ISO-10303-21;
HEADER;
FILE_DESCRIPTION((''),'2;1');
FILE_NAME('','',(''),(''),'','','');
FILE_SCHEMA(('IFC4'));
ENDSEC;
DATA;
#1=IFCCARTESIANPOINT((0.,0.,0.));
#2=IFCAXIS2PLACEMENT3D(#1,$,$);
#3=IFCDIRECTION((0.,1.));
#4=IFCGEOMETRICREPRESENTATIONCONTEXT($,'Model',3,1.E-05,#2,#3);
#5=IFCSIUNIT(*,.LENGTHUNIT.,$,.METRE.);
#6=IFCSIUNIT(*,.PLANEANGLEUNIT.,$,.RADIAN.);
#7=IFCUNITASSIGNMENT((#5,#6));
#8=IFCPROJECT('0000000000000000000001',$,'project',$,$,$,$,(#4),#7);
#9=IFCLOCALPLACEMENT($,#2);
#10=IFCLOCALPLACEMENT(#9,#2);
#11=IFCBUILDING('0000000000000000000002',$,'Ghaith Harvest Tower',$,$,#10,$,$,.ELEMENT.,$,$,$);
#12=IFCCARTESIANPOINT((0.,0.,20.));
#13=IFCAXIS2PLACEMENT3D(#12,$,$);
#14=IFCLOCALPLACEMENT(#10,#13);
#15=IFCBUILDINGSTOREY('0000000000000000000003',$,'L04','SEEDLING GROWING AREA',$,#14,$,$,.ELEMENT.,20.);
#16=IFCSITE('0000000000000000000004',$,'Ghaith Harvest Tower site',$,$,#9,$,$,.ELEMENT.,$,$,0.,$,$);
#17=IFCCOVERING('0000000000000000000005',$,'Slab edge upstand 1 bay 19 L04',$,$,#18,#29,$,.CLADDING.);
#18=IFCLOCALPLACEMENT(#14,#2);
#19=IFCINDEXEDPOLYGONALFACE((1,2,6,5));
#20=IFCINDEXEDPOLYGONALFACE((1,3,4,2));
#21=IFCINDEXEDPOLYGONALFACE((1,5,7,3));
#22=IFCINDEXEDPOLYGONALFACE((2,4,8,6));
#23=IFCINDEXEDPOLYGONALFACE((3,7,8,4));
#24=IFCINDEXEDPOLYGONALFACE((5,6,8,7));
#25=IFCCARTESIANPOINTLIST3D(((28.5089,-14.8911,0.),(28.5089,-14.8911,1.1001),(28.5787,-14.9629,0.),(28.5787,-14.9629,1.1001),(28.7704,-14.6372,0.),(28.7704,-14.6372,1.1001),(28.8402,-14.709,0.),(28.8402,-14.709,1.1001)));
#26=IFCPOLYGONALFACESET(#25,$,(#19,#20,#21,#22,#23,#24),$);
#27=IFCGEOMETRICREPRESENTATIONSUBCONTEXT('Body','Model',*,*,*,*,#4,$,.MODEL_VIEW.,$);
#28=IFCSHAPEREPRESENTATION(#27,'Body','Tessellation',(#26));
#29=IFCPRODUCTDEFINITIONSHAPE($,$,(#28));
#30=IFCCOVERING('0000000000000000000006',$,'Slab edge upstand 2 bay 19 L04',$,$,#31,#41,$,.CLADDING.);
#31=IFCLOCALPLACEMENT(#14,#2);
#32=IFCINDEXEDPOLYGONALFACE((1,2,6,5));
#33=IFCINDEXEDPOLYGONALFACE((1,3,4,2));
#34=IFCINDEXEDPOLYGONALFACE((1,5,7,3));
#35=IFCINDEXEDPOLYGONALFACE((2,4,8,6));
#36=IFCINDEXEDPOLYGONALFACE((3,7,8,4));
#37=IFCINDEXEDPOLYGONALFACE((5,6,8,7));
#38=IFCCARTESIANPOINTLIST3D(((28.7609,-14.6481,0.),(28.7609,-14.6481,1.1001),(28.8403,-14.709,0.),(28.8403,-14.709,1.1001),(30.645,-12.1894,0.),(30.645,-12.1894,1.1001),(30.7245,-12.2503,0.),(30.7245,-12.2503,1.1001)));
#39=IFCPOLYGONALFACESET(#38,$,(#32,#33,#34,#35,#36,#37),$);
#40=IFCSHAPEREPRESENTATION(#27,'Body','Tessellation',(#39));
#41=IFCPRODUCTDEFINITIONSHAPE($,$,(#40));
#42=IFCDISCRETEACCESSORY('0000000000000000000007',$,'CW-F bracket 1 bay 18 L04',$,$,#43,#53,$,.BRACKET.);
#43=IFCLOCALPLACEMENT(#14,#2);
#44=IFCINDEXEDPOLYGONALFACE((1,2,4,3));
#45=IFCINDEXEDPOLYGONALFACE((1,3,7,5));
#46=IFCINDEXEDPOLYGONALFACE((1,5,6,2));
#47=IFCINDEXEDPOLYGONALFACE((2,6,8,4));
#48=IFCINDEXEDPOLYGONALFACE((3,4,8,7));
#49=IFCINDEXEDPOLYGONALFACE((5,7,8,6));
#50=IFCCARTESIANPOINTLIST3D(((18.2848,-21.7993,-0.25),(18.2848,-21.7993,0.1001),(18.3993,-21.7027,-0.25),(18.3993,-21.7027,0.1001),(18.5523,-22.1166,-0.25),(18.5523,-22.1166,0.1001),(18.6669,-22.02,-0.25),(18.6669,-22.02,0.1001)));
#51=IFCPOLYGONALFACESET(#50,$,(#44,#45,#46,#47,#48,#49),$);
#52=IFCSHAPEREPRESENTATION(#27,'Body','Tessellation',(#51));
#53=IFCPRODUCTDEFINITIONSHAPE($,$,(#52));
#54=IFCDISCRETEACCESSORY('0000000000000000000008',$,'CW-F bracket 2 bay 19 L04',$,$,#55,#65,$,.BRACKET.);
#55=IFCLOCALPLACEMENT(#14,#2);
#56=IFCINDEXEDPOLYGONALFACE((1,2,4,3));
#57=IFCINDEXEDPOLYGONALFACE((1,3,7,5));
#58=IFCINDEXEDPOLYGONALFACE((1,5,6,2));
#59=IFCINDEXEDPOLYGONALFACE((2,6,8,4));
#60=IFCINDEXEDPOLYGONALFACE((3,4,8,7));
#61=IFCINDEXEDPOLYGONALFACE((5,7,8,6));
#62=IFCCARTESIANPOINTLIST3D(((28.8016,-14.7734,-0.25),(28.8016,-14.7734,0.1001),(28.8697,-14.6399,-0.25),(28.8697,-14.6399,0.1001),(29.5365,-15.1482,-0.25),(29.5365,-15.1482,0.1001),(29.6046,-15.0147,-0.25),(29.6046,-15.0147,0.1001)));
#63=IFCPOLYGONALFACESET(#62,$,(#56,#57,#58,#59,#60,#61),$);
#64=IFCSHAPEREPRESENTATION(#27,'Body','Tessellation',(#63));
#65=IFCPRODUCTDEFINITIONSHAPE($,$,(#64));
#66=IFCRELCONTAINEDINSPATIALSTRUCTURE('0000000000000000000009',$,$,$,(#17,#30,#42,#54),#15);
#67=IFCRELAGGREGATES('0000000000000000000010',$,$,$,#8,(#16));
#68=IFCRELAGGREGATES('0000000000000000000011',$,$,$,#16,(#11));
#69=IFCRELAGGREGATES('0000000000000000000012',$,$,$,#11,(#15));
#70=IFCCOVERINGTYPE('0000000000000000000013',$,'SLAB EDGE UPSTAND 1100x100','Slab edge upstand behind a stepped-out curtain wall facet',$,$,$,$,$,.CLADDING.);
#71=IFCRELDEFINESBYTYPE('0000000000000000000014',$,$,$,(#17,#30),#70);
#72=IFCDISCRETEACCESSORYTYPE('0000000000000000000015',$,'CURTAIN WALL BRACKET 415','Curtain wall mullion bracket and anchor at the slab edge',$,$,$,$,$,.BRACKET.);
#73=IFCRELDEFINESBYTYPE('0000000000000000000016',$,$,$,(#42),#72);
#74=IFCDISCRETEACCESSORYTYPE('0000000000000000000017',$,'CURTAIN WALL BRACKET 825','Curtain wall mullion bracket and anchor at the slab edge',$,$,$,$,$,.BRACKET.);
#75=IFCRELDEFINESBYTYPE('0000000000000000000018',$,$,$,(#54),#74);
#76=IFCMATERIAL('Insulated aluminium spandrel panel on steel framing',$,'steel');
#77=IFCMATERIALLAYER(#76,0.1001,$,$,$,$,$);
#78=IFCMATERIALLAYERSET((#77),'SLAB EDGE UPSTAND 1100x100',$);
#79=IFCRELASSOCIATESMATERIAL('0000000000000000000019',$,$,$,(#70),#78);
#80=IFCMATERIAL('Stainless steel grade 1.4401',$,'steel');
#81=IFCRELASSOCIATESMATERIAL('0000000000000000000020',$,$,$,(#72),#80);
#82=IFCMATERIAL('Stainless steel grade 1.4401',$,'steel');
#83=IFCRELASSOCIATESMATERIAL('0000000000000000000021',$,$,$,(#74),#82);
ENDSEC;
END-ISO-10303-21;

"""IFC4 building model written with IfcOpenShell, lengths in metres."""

from ifc_helpers import new_model, si_unit, direction, frame, origin, origin_2d, place, context, subcontext, project, spatial, rectangle, extrude, material, layer, layer_set, type_object, element, save


model = new_model("IFC4")

# Units and contexts
model_context = context("Model", 3, precision=1e-05, world=origin(), true_north=direction((0.0, 1.0)))
body_context = subcontext(model_context, "Body", "Model", "MODEL_VIEW")
ifc_project = project(units=[si_unit("LENGTHUNIT", "METRE"), si_unit("PLANEANGLEUNIT", "RADIAN")], contexts=[model_context])

# Site, building, storey
site_placement = place(None, origin())
site = spatial("IfcSite", under=ifc_project, at=site_placement, Name="Ghaith Harvest Tower site", CompositionType="ELEMENT", RefElevation=0.0)
building_placement = place(site_placement, origin())
building = spatial("IfcBuilding", under=site, at=building_placement, Name="Ghaith Harvest Tower", CompositionType="ELEMENT")
storey_placement = place(building_placement, frame((0.0, 0.0, 20.0)))
storey = spatial("IfcBuildingStorey", under=building, at=storey_placement, Name="L04", Description="SEEDLING GROWING AREA", CompositionType="ELEMENT", Elevation=20.0)

# Coverings
ifc_material_1 = material(Name="Insulated aluminium spandrel panel on steel framing", Category="steel")
ifc_layer_1 = layer(ifc_material_1, 0.1001)
ifc_layer_set_1 = layer_set([ifc_layer_1], Name="SLAB EDGE UPSTAND 1100x100")
covering_type = type_object("IfcCoveringType", Name="SLAB EDGE UPSTAND 1100x100", Description="Slab edge upstand behind a stepped-out curtain wall facet", PredefinedType="CLADDING", material=ifc_layer_set_1)
covering_1_placement = place(storey_placement, frame((28.6746, -14.8, 0.0), z_axis=(0.0, 0.0, 1.0), x_axis=(0.717386, 0.696675, 0.0)))
element("IfcCovering", 1, at=covering_1_placement, inside=storey, type_object=covering_type, Name="Slab edge upstand 1 bay 19 L04", PredefinedType="CLADDING", context=body_context, shape_type="SweptSolid", body=[
    extrude(rectangle(XDim=0.3645, YDim=0.1001, at=origin_2d()), origin(), (0.0, 0.0, 1.0), 1.1001),
])
covering_2_placement = place(storey_placement, frame((29.7427, -13.4492, 0.0), z_axis=(0.0, 0.0, 1.0), x_axis=(0.608255, 0.793742, 0.0)))
element("IfcCovering", 2, at=covering_2_placement, inside=storey, type_object=covering_type, Name="Slab edge upstand 2 bay 19 L04", PredefinedType="CLADDING", context=body_context, shape_type="SweptSolid", body=[
    extrude(rectangle(XDim=3.0977, YDim=0.1001, at=origin_2d()), origin(), (0.0, 0.0, 1.0), 1.1001),
])

# Discrete accessories
ifc_material_2 = material(Name="Stainless steel grade 1.4401", Category="steel")
discrete_accessory_type_1 = type_object("IfcDiscreteAccessoryType", Name="CURTAIN WALL BRACKET 415", Description="Curtain wall mullion bracket and anchor at the slab edge", PredefinedType="BRACKET", material=ifc_material_2)
discrete_accessory_1_placement = place(storey_placement, frame((18.4758, -21.9097, -0.25), z_axis=(0.0, 0.0, 1.0), x_axis=(0.644657, -0.764472, 0.0)))
element("IfcDiscreteAccessory", 3, at=discrete_accessory_1_placement, inside=storey, type_object=discrete_accessory_type_1, Name="CW-F bracket 1 bay 18 L04", PredefinedType="BRACKET", context=body_context, shape_type="SweptSolid", body=[
    extrude(rectangle(XDim=0.415, YDim=0.1499, at=origin_2d()), origin(), (0.0, 0.0, 1.0), 0.3501),
])
ifc_material_3 = material(Name="Stainless steel grade 1.4401", Category="steel")
discrete_accessory_type_2 = type_object("IfcDiscreteAccessoryType", Name="CURTAIN WALL BRACKET 825", Description="Curtain wall mullion bracket and anchor at the slab edge", PredefinedType="BRACKET", material=ifc_material_3)
discrete_accessory_2_placement = place(storey_placement, frame((29.2031, -14.894, -0.25), z_axis=(0.0, 0.0, 1.0), x_axis=(0.890831, -0.454335, 0.0)))
element("IfcDiscreteAccessory", 4, at=discrete_accessory_2_placement, inside=storey, type_object=discrete_accessory_type_2, Name="CW-F bracket 2 bay 19 L04", PredefinedType="BRACKET", context=body_context, shape_type="SweptSolid", body=[
    extrude(rectangle(XDim=0.825, YDim=0.1499, at=origin_2d()), origin(), (0.0, 0.0, 1.0), 0.3501),
])

save(model, "model.ifc")
